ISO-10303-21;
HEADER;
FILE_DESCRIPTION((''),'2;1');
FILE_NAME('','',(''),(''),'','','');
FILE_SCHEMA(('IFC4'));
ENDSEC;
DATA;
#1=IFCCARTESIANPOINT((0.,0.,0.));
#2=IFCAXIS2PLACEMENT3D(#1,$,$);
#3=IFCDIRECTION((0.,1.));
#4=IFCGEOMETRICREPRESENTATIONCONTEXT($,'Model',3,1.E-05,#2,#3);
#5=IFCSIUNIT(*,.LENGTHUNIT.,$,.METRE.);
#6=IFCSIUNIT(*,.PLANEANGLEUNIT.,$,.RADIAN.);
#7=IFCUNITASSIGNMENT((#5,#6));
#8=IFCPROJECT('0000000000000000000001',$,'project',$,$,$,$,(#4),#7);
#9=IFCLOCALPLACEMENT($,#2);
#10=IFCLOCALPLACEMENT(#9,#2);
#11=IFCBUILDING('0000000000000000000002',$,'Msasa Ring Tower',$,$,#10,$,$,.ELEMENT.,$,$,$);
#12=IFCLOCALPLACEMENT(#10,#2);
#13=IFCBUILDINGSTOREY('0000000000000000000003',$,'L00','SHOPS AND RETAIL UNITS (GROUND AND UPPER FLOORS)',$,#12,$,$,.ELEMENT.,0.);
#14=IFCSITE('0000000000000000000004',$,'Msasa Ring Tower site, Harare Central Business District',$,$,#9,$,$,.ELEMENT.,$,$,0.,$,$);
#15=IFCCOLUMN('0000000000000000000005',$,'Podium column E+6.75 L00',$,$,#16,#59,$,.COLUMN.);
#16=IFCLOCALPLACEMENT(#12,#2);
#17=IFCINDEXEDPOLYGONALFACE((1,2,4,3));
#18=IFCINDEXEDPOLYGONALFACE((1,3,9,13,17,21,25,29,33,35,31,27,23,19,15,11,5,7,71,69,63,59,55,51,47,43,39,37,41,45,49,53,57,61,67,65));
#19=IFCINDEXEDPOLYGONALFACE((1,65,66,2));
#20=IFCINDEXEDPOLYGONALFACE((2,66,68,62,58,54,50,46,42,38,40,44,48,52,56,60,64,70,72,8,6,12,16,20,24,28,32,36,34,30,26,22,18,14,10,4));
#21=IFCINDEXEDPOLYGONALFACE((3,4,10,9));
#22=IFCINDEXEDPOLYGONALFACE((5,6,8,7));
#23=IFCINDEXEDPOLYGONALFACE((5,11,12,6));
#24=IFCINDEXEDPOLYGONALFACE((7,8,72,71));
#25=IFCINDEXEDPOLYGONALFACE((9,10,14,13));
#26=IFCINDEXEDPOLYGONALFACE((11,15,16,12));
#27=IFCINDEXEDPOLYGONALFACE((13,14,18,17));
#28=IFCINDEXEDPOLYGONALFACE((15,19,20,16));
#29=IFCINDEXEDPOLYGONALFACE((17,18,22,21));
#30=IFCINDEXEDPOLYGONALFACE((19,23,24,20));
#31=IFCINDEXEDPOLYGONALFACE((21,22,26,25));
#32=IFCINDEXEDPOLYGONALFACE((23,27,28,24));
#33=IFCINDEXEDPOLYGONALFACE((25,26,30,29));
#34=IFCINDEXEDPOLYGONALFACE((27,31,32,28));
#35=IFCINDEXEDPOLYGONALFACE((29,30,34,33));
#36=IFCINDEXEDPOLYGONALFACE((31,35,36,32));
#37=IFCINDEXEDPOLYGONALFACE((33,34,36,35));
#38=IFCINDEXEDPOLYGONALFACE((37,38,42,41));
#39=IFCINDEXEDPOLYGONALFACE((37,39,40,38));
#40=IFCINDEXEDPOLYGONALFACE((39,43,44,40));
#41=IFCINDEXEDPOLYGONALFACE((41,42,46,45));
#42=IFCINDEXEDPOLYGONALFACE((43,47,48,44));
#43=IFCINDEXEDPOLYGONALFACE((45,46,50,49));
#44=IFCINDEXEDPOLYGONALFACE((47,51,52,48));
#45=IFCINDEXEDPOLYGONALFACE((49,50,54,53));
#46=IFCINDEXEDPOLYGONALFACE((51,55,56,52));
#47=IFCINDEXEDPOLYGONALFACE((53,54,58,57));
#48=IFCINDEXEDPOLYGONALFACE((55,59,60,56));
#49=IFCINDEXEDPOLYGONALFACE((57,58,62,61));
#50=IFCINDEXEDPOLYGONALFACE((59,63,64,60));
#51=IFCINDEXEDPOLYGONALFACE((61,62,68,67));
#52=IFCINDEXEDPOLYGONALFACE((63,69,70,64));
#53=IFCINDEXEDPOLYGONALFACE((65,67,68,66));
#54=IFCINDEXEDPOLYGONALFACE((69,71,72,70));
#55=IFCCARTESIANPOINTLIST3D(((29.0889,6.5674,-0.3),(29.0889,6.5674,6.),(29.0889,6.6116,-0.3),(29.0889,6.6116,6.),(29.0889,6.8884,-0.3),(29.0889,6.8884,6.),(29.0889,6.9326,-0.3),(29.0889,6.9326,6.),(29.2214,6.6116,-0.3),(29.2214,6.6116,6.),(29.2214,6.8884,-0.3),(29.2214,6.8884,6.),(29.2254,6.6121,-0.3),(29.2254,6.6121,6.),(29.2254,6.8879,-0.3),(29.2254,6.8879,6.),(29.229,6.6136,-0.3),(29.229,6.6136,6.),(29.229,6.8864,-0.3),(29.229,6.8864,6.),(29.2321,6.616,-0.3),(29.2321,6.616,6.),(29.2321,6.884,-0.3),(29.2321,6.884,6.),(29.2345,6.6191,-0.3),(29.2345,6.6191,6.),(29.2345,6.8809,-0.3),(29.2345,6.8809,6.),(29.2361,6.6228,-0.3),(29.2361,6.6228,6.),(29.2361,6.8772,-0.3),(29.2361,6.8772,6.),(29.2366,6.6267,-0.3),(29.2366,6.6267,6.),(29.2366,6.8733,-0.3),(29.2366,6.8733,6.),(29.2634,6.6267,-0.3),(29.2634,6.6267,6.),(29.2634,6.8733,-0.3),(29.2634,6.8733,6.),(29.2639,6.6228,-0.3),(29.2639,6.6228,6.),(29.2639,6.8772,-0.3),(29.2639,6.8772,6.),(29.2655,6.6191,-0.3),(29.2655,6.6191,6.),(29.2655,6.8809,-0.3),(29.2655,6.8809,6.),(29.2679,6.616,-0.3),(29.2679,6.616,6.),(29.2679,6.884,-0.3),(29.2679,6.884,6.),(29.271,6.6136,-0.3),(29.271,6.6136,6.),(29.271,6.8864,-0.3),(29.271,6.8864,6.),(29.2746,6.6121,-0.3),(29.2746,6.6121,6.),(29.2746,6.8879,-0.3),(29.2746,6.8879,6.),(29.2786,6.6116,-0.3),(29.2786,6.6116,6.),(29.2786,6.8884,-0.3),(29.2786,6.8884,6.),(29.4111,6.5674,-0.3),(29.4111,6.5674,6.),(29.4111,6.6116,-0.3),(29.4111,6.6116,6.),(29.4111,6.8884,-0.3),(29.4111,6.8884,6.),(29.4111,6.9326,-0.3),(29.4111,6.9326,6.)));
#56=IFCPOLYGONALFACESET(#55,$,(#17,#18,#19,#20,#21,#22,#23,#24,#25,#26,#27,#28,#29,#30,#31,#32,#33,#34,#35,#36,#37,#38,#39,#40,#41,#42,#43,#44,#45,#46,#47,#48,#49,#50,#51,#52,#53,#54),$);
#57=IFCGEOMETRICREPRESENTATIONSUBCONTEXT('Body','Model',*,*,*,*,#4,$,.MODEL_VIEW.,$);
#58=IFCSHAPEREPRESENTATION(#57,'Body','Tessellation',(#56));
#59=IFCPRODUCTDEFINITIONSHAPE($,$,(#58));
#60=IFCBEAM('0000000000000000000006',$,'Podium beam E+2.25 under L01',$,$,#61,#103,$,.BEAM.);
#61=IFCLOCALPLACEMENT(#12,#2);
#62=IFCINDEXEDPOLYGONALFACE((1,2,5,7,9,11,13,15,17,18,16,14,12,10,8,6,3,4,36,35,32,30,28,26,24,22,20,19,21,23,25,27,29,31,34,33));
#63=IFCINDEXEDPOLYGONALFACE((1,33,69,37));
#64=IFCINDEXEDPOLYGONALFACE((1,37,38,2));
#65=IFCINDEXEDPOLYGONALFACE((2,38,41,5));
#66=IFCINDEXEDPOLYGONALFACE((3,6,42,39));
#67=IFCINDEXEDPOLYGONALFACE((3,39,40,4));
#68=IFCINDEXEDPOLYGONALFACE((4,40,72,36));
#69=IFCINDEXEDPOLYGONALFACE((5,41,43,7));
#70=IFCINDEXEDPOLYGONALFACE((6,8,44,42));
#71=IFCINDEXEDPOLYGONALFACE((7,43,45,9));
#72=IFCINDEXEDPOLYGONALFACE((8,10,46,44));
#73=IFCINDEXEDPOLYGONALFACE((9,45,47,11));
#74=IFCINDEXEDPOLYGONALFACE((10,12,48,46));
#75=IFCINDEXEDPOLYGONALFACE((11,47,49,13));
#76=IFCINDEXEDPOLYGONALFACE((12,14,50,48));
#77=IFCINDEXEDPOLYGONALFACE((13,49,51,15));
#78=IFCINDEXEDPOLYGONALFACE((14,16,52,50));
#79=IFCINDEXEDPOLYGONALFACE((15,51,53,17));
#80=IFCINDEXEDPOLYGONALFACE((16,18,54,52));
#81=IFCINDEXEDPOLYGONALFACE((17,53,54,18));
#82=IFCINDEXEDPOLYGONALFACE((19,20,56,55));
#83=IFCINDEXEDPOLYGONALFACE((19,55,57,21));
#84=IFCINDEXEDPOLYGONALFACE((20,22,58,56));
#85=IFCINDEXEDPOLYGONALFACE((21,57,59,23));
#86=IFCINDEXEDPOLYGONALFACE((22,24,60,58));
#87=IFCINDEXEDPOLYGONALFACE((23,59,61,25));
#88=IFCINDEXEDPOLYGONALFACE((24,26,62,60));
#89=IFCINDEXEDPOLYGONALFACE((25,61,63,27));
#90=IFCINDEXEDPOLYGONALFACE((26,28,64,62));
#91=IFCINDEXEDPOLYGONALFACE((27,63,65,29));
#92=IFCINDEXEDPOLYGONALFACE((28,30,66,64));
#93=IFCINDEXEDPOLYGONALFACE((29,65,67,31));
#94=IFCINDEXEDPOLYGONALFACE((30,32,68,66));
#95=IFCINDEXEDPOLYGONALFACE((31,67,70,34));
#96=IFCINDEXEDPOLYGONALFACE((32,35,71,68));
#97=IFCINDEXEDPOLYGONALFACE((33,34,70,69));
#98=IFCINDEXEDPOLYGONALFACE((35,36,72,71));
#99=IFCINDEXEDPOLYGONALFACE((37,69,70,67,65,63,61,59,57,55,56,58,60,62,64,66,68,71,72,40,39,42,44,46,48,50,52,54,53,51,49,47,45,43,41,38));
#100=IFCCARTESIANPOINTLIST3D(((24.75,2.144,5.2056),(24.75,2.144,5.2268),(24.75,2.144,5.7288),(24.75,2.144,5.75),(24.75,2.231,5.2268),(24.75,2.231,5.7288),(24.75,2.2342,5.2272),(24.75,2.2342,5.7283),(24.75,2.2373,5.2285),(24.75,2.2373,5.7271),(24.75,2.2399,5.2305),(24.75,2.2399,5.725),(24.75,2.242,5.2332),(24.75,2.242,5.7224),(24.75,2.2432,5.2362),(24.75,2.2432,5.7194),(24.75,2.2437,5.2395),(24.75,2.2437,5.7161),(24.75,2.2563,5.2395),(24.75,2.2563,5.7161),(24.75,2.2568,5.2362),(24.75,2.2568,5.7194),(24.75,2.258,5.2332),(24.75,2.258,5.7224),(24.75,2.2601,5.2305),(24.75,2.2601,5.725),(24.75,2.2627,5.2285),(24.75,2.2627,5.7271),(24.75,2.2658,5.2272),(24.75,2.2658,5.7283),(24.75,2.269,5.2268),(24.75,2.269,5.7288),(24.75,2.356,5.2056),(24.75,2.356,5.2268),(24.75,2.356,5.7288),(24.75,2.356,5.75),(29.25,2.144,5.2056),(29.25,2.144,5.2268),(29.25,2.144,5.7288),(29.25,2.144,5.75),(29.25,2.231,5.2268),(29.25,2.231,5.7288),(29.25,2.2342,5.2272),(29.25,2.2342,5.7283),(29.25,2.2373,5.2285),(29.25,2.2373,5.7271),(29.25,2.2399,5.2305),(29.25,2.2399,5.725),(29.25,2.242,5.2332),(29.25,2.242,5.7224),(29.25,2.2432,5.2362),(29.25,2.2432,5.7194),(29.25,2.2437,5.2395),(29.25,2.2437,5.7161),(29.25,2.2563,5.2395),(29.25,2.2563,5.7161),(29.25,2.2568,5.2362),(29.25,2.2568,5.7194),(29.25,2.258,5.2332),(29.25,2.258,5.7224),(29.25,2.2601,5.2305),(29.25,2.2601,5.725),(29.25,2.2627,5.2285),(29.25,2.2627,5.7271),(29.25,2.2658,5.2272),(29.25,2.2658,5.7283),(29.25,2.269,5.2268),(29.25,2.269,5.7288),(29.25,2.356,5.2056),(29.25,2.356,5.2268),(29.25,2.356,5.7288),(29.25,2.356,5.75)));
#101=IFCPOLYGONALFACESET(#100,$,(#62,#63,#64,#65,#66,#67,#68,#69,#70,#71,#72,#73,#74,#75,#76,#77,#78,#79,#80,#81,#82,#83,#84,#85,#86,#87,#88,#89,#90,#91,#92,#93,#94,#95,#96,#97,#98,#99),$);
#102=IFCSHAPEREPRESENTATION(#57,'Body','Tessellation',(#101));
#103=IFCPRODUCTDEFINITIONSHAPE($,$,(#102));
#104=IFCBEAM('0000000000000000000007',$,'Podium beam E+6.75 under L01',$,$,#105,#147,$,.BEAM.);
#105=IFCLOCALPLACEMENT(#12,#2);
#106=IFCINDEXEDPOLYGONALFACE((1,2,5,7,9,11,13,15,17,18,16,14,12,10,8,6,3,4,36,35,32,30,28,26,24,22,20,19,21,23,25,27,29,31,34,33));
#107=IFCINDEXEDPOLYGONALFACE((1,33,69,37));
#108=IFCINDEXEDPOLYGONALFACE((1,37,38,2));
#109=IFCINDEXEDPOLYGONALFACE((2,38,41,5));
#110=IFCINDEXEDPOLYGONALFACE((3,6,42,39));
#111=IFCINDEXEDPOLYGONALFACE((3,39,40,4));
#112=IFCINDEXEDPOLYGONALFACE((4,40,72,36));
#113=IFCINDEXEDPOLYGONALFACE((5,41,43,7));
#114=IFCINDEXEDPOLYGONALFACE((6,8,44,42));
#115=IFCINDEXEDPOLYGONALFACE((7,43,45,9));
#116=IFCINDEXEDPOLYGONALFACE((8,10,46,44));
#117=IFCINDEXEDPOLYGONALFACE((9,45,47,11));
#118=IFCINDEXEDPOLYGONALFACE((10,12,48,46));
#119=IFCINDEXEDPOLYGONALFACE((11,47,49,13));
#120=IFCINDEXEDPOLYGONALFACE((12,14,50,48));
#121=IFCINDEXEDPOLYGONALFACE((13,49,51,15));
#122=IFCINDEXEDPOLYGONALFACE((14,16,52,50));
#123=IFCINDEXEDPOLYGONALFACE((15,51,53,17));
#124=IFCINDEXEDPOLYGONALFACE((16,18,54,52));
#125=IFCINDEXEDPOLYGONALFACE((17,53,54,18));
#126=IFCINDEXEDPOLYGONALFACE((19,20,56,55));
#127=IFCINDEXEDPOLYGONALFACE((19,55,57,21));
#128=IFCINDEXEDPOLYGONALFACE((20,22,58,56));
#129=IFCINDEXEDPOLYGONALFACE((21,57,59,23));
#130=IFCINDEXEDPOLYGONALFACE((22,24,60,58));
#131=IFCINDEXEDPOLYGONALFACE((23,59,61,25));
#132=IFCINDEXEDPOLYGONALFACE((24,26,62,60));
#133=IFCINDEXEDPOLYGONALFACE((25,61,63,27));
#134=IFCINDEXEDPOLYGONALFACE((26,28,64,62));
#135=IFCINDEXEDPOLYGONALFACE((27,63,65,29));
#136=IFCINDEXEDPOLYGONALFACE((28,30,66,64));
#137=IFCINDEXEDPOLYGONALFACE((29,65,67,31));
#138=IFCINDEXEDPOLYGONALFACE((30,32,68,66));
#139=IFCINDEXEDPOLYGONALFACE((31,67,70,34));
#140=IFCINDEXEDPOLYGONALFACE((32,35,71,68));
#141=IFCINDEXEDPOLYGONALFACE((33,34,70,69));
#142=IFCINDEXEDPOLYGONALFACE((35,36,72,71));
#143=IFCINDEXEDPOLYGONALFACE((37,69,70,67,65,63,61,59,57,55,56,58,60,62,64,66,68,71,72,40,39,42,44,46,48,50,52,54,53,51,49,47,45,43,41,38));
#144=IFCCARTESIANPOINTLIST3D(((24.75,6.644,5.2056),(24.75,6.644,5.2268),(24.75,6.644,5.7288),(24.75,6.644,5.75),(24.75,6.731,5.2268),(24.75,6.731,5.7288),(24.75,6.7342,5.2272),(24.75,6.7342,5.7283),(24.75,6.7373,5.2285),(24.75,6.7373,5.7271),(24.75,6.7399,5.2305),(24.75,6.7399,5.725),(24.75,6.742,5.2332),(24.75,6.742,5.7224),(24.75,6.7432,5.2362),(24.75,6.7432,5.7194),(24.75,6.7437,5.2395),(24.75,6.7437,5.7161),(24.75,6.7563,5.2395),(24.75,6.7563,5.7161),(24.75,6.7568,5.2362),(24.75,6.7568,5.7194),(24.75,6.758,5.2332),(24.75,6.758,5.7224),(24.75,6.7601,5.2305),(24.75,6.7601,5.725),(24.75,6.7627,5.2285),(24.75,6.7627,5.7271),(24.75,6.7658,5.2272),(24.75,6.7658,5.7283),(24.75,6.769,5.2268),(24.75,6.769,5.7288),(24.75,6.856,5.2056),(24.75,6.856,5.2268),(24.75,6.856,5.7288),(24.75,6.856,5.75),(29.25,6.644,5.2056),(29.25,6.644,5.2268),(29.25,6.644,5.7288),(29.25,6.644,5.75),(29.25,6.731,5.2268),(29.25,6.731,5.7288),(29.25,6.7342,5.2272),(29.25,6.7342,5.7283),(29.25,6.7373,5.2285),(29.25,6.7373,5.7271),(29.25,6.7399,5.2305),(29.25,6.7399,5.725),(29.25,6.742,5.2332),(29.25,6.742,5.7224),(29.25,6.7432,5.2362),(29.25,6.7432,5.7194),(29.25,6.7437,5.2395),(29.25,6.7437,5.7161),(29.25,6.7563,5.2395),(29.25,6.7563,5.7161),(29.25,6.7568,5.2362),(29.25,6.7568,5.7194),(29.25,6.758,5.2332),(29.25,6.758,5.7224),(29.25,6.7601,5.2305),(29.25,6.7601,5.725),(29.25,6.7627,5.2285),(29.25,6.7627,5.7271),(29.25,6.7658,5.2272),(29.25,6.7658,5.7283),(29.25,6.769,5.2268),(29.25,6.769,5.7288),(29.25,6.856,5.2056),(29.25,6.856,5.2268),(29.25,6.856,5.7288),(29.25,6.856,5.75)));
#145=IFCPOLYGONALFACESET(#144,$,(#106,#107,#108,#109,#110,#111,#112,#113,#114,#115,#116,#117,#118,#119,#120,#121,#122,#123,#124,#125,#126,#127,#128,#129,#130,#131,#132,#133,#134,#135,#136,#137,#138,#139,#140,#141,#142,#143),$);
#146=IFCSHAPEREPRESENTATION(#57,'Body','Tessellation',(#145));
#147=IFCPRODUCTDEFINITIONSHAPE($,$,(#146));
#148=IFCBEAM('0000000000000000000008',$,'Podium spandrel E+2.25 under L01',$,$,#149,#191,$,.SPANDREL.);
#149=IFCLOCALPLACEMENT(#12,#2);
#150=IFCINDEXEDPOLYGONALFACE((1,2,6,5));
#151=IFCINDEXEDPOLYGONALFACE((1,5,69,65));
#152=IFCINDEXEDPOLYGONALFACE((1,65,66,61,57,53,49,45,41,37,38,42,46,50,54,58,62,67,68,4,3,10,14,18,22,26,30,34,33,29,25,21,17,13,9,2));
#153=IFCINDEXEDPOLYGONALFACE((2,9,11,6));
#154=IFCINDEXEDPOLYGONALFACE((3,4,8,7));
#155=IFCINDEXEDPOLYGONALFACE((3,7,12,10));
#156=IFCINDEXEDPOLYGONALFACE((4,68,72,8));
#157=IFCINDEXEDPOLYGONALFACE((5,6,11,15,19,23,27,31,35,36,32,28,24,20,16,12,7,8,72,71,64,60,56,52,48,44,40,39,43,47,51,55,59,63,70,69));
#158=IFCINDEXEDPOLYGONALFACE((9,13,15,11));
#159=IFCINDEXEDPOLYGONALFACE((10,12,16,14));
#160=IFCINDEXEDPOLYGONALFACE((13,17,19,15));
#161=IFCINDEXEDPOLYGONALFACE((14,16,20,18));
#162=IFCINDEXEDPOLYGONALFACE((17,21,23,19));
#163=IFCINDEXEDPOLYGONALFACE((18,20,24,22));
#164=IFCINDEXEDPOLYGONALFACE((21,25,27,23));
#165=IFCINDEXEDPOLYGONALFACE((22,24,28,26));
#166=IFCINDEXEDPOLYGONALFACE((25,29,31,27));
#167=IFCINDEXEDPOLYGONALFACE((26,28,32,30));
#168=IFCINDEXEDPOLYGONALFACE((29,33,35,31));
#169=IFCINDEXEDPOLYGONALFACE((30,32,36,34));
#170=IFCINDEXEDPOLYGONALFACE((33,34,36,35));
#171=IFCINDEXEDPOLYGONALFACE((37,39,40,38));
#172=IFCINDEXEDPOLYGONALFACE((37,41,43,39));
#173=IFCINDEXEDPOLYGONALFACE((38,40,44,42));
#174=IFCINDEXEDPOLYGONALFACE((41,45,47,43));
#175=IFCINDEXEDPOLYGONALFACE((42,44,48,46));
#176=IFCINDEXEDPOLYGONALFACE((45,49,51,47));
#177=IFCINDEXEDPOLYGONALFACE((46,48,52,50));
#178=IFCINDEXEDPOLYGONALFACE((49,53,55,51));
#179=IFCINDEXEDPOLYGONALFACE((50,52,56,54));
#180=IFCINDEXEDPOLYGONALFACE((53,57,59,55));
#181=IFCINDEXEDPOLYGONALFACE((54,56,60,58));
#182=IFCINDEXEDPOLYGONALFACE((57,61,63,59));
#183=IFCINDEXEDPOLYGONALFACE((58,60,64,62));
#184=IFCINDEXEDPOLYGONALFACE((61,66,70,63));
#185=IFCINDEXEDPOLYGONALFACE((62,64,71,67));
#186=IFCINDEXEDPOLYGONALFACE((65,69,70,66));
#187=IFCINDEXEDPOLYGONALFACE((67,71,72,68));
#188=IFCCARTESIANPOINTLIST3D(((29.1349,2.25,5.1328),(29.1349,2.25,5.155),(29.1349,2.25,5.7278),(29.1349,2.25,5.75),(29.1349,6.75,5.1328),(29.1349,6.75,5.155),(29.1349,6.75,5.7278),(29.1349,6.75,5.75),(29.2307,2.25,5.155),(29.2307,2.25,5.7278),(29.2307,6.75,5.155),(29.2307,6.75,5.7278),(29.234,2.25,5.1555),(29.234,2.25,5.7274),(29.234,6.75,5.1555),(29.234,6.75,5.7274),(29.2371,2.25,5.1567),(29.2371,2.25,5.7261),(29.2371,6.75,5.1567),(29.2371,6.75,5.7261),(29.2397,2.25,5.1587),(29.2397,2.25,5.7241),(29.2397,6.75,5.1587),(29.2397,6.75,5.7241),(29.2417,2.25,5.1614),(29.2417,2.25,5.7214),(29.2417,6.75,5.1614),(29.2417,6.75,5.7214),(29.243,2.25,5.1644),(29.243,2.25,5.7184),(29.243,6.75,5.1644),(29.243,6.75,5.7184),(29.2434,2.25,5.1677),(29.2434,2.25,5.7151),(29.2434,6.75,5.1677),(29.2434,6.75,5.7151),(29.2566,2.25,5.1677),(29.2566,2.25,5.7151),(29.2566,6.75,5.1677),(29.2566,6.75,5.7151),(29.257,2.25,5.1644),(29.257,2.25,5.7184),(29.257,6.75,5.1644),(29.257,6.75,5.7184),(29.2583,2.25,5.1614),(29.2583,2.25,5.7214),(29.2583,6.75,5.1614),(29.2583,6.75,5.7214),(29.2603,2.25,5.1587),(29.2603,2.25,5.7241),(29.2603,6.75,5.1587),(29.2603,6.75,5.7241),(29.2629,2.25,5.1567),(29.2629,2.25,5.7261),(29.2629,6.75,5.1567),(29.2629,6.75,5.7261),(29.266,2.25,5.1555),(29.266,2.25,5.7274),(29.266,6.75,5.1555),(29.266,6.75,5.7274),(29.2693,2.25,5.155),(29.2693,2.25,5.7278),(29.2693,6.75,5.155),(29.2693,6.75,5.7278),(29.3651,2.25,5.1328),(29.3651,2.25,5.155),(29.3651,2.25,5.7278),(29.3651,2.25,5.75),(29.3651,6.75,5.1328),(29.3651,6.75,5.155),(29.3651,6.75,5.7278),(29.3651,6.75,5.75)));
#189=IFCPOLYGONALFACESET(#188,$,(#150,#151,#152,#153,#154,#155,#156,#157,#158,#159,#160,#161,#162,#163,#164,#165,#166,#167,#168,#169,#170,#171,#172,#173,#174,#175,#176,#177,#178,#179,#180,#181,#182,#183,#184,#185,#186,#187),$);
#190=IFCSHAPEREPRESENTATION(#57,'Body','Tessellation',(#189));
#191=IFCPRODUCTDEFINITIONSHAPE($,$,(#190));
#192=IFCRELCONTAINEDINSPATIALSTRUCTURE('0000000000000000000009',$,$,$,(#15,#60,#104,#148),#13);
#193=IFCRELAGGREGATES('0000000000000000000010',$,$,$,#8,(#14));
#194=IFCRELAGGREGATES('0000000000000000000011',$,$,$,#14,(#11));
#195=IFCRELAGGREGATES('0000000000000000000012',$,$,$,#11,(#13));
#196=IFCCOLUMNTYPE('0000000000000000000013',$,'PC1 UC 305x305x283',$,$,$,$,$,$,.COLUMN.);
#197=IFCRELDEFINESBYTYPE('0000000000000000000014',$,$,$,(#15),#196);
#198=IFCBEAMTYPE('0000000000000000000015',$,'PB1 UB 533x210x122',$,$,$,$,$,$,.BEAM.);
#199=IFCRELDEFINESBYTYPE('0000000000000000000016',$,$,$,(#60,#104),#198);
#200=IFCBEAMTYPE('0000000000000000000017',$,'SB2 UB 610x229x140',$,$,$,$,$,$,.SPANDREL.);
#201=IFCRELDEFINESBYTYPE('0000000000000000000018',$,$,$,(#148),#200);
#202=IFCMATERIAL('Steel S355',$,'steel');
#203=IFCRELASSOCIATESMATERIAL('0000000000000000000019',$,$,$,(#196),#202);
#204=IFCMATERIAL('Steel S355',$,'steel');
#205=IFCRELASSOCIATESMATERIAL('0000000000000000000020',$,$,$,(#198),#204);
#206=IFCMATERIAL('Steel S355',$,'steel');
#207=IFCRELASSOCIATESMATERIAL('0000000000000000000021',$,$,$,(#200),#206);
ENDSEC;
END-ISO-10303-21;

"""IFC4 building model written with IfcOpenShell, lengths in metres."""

from ifc_helpers import new_model, si_unit, direction, frame, origin, origin_2d, place, context, subcontext, project, spatial, i_section, extrude, material, material_profile, profile_set, type_object, element, save


model = new_model("IFC4")

# Units and contexts
model_context = context("Model", 3, precision=1e-05, world=origin(), true_north=direction((0.0, 1.0)))
body_context = subcontext(model_context, "Body", "Model", "MODEL_VIEW")
ifc_project = project(units=[si_unit("LENGTHUNIT", "METRE"), si_unit("PLANEANGLEUNIT", "RADIAN")], contexts=[model_context])

# Site, building, storey
site_placement = place(None, origin())
site = spatial("IfcSite", under=ifc_project, at=site_placement, Name="Msasa Ring Tower site, Harare Central Business District", CompositionType="ELEMENT", RefElevation=0.0)
building_placement = place(site_placement, origin())
building = spatial("IfcBuilding", under=site, at=building_placement, Name="Msasa Ring Tower", CompositionType="ELEMENT")
storey_placement = place(building_placement, origin())
storey = spatial("IfcBuildingStorey", under=building, at=storey_placement, Name="L00", Description="SHOPS AND RETAIL UNITS (GROUND AND UPPER FLOORS)", CompositionType="ELEMENT", Elevation=0.0)

# Column
ifc_material_1 = material(Name="Steel S355", Category="steel")
ifc_material_profile_1 = material_profile(ifc_material_1, i_section(OverallWidth=0.3223, OverallDepth=0.3652, WebThickness=0.0269, FlangeThickness=0.0442, FilletRadius=0.0151, at=origin_2d()), Name="UC 305x305x283")
ifc_profile_set_1 = profile_set([ifc_material_profile_1], Name="Steel S355")
column_type = type_object("IfcColumnType", Name="PC1 UC 305x305x283", PredefinedType="COLUMN", material=ifc_profile_set_1)
for number, where, z_axis, x_axis, name in (
    (1, (29.25, 6.75, -0.3), (0.0, 0.0, 1.0), (1.0, 0.0, 0.0), "Podium column E+6.75 L00"),
):
    element("IfcColumn", number, at=place(storey_placement, frame(where, z_axis=z_axis, x_axis=x_axis)), inside=storey, type_object=column_type, Name=name, PredefinedType="COLUMN", context=body_context, shape_type="SweptSolid", body=[
        extrude(i_section(OverallWidth=0.3223, OverallDepth=0.3652, WebThickness=0.0269, FlangeThickness=0.0442, FilletRadius=0.0151, at=origin_2d()), origin(), (0.0, 0.0, 1.0), 6.3),
    ])

# Beams
ifc_material_2 = material(Name="Steel S355", Category="steel")
ifc_material_profile_2 = material_profile(ifc_material_2, i_section(OverallWidth=0.2119, OverallDepth=0.5444, WebThickness=0.0127, FlangeThickness=0.0212, FilletRadius=0.0127, at=origin_2d()), Name="UB 533x210x122")
ifc_profile_set_2 = profile_set([ifc_material_profile_2], Name="Steel S355")
beam_type_1 = type_object("IfcBeamType", Name="PB1 UB 533x210x122", PredefinedType="BEAM", material=ifc_profile_set_2)
for number, where, z_axis, x_axis, name in (
    (2, (29.25, 2.25, 5.4778), (-1.0, 0.0, 0.0), (0.0, -1.0, 0.0), "Podium beam E+2.25 under L01"),
    (3, (29.25, 6.75, 5.4778), (-1.0, 0.0, 0.0), (0.0, -1.0, 0.0), "Podium beam E+6.75 under L01"),
):
    element("IfcBeam", number, at=place(storey_placement, frame(where, z_axis=z_axis, x_axis=x_axis)), inside=storey, type_object=beam_type_1, Name=name, PredefinedType="BEAM", context=body_context, shape_type="SweptSolid", body=[
        extrude(i_section(OverallWidth=0.2119, OverallDepth=0.5444, WebThickness=0.0127, FlangeThickness=0.0212, FilletRadius=0.0127, at=origin_2d()), origin(), (0.0, 0.0, 1.0), 4.5),
    ])
ifc_material_3 = material(Name="Steel S355", Category="steel")
ifc_material_profile_3 = material_profile(ifc_material_3, i_section(OverallWidth=0.2302, OverallDepth=0.6172, WebThickness=0.0132, FlangeThickness=0.0222, FilletRadius=0.0127, at=origin_2d()), Name="UB 610x229x140")
ifc_profile_set_3 = profile_set([ifc_material_profile_3], Name="Steel S355")
beam_type_2 = type_object("IfcBeamType", Name="SB2 UB 610x229x140", PredefinedType="SPANDREL", material=ifc_profile_set_3)
for number, where, z_axis, x_axis, name in (
    (4, (29.25, 2.25, 5.4414), (0.0, 1.0, 0.0), (-1.0, 0.0, 0.0), "Podium spandrel E+2.25 under L01"),
):
    element("IfcBeam", number, at=place(storey_placement, frame(where, z_axis=z_axis, x_axis=x_axis)), inside=storey, type_object=beam_type_2, Name=name, PredefinedType="SPANDREL", context=body_context, shape_type="SweptSolid", body=[
        extrude(i_section(OverallWidth=0.2302, OverallDepth=0.6172, WebThickness=0.0132, FlangeThickness=0.0222, FilletRadius=0.0127, at=origin_2d()), origin(), (0.0, 0.0, 1.0), 4.5),
    ])

save(model, "model.ifc")
